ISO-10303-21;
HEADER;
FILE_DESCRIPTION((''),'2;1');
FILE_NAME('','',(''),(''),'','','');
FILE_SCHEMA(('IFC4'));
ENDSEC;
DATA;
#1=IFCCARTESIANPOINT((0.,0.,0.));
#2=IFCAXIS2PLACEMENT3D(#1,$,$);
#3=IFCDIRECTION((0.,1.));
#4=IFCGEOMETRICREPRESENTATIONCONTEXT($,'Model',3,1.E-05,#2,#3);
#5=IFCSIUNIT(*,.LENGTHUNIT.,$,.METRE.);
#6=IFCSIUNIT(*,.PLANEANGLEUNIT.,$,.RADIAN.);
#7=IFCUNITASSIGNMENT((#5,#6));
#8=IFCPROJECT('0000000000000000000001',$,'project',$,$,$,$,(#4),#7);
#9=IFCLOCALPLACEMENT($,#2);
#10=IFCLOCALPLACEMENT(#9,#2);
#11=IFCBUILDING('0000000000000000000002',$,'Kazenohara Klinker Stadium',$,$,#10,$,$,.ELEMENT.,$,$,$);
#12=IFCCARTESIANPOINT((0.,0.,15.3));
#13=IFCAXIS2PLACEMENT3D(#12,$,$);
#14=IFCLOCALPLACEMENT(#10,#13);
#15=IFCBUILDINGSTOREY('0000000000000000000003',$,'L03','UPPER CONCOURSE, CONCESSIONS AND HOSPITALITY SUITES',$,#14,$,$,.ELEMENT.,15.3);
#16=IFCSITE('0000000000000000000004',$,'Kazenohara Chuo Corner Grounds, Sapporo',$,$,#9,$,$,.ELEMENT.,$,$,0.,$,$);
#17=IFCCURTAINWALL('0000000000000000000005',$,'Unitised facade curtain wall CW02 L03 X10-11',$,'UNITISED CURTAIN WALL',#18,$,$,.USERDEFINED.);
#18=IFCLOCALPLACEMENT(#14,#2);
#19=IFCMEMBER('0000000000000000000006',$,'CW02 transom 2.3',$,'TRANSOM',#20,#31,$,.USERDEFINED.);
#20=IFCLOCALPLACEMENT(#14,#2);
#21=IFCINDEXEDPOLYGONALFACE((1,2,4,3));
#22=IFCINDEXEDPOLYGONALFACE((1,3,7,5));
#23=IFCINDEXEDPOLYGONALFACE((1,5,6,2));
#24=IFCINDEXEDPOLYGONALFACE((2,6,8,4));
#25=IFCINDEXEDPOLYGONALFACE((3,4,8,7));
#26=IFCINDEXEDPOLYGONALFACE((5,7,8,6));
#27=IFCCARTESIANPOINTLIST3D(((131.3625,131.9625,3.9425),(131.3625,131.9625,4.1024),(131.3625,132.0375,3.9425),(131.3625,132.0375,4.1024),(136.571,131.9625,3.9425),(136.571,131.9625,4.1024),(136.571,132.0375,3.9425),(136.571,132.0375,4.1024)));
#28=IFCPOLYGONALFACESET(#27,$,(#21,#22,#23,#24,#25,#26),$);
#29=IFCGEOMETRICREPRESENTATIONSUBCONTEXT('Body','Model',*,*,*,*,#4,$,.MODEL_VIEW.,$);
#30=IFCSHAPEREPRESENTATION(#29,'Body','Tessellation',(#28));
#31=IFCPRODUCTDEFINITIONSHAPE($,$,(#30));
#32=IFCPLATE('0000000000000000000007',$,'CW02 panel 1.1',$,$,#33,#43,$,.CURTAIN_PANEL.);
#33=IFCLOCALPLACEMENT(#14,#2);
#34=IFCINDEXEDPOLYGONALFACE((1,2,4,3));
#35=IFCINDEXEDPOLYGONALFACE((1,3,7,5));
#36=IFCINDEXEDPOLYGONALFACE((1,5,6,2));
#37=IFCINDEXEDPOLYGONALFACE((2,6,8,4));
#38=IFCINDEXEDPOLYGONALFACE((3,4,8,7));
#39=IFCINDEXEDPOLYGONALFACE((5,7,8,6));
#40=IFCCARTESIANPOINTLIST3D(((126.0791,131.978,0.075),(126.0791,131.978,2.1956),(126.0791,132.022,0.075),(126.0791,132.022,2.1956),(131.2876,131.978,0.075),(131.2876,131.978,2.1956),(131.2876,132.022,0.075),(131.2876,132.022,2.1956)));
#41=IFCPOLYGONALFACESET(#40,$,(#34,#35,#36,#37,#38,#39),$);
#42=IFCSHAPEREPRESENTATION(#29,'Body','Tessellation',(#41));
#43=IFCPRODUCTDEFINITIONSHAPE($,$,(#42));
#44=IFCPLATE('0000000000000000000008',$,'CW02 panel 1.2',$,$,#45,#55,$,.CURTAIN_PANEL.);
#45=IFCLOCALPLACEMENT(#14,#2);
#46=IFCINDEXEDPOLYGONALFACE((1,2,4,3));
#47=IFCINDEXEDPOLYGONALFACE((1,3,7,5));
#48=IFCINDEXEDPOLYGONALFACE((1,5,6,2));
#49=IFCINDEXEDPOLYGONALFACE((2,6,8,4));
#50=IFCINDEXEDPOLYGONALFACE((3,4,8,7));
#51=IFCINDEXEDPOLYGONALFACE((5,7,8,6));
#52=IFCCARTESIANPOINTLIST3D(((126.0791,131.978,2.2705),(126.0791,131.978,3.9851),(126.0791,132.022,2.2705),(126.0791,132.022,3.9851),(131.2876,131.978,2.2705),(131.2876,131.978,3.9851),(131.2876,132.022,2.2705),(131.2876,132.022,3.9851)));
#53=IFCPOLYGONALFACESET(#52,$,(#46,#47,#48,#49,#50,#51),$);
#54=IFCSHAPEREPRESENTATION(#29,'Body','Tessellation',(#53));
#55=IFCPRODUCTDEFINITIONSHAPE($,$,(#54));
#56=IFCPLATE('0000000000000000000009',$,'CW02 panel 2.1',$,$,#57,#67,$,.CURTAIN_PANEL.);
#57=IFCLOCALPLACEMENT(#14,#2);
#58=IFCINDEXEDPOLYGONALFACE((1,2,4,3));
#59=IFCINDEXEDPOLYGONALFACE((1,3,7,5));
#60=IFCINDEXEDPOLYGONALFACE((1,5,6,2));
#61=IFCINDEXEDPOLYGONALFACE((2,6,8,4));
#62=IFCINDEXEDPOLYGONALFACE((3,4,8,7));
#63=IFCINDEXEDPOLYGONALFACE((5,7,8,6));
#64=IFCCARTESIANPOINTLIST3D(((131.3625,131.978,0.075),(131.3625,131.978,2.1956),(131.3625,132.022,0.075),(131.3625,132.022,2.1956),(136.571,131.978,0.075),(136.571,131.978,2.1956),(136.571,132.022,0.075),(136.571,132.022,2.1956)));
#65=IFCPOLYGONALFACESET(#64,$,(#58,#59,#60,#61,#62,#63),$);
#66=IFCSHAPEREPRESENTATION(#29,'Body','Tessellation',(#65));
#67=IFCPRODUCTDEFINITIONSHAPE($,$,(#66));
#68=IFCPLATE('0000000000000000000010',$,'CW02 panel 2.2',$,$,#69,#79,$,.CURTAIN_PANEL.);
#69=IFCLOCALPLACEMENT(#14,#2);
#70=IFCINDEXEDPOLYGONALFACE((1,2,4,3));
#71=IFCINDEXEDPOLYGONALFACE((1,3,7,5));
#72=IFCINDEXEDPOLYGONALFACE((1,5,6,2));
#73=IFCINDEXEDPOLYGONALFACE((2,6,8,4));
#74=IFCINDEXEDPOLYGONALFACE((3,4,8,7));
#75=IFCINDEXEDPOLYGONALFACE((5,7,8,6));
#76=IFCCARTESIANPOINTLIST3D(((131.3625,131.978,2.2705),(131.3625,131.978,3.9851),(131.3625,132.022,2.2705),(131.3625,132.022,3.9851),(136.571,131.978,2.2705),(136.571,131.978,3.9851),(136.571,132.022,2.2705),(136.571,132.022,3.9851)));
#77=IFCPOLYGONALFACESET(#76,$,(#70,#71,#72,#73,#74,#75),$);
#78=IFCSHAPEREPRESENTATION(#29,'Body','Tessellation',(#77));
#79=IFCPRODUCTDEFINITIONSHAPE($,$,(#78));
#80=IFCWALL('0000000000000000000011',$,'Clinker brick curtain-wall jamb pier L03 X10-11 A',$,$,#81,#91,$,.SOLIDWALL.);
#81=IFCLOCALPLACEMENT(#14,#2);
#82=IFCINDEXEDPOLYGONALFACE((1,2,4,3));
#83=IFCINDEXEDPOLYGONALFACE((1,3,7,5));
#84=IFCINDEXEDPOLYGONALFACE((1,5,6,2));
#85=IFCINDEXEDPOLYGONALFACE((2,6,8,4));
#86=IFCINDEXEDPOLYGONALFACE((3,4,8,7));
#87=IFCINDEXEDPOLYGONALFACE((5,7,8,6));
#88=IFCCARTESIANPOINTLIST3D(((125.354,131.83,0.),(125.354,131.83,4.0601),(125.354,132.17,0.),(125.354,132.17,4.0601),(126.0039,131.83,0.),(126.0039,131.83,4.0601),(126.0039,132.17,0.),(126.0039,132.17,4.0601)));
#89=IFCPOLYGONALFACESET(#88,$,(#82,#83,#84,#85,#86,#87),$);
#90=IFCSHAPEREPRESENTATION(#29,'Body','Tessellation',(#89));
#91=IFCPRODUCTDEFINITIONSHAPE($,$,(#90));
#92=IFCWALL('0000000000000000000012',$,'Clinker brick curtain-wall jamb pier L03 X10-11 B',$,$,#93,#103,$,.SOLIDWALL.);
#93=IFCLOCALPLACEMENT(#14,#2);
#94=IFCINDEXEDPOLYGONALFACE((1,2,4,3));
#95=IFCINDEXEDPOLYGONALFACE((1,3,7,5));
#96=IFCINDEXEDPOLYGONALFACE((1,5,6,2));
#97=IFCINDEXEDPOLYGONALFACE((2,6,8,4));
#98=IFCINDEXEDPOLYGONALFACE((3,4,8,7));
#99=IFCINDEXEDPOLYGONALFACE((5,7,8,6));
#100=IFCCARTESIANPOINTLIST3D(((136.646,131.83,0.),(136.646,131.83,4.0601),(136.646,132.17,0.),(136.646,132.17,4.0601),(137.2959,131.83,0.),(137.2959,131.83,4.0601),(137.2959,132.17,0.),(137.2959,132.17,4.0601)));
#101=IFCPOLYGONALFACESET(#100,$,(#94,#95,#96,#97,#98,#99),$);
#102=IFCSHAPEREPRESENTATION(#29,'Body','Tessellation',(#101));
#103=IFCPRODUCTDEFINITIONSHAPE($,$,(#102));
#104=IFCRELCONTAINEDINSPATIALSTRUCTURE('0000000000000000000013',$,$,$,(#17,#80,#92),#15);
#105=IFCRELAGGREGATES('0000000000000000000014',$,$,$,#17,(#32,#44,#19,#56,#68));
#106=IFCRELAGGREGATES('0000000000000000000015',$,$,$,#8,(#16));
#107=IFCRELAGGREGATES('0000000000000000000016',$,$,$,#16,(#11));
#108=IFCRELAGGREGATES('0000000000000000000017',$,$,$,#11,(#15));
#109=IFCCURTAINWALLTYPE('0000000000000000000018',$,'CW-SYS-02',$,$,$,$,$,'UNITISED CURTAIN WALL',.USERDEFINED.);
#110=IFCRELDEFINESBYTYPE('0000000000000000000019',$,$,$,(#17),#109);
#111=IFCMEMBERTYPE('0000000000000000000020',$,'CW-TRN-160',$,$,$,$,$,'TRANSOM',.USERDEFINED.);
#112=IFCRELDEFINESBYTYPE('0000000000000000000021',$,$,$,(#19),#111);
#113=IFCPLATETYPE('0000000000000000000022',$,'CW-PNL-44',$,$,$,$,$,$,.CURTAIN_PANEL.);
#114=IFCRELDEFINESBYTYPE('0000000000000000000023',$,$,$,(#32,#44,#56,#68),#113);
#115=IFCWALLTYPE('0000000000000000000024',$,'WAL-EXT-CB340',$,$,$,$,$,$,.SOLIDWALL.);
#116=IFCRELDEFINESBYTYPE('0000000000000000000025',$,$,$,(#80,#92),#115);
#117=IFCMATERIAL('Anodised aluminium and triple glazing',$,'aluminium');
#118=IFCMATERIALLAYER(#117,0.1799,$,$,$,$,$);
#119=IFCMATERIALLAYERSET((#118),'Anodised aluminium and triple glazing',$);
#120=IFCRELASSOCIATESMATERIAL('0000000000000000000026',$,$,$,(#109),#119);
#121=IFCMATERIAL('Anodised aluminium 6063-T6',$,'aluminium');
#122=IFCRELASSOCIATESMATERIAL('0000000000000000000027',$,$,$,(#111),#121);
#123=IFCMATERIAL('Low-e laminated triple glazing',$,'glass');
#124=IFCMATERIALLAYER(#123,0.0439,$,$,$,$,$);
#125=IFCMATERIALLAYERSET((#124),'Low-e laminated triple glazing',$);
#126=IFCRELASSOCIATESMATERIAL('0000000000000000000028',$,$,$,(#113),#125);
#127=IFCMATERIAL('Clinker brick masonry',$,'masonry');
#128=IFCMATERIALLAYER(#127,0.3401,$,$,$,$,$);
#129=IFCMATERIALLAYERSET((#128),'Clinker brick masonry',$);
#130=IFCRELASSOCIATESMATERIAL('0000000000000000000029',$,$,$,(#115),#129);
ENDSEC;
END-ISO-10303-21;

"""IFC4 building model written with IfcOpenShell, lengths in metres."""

from ifc_helpers import new_model, si_unit, direction, frame, frame_2d, origin, origin_2d, place, context, subcontext, project, spatial, rectangle, extrude, material, layer, layer_set, material_profile, profile_set, type_object, element, aggregate, save


model = new_model("IFC4")

# Units and contexts
model_context = context("Model", 3, precision=1e-05, world=origin(), true_north=direction((0.0, 1.0)))
body_context = subcontext(model_context, "Body", "Model", "MODEL_VIEW")
ifc_project = project(units=[si_unit("LENGTHUNIT", "METRE"), si_unit("PLANEANGLEUNIT", "RADIAN")], contexts=[model_context])

# Site, building, storey
site_placement = place(None, origin())
site = spatial("IfcSite", under=ifc_project, at=site_placement, Name="Kazenohara Chuo Corner Grounds, Sapporo", CompositionType="ELEMENT", RefElevation=0.0)
building_placement = place(site_placement, origin())
building = spatial("IfcBuilding", under=site, at=building_placement, Name="Kazenohara Klinker Stadium", CompositionType="ELEMENT")
storey_placement = place(building_placement, frame((0.0, 0.0, 15.3)))
storey = spatial("IfcBuildingStorey", under=building, at=storey_placement, Name="L03", Description="UPPER CONCOURSE, CONCESSIONS AND HOSPITALITY SUITES", CompositionType="ELEMENT", Elevation=15.3)

# Curtain wall, member, plates
ifc_material_1 = material(Name="Anodised aluminium and triple glazing", Category="aluminium")
ifc_layer_1 = layer(ifc_material_1, 0.1799)
ifc_layer_set_1 = layer_set([ifc_layer_1], Name="Anodised aluminium and triple glazing")
curtain_wall_type = type_object("IfcCurtainWallType", Name="CW-SYS-02", ElementType="UNITISED CURTAIN WALL", PredefinedType="USERDEFINED", material=ifc_layer_set_1)
curtain_wall_placement = place(storey_placement, origin())
curtain_wall = element("IfcCurtainWall", 1, at=curtain_wall_placement, inside=storey, type_object=curtain_wall_type, Name="Unitised facade curtain wall CW02 L03 X10-11", ObjectType="UNITISED CURTAIN WALL", PredefinedType="USERDEFINED")
ifc_material_2 = material(Name="Anodised aluminium 6063-T6", Category="aluminium")
ifc_material_profile_1 = material_profile(ifc_material_2, rectangle(XDim=0.075, YDim=0.1599, at=origin_2d()), Name="ALU-TRN-75x160")
ifc_profile_set_1 = profile_set([ifc_material_profile_1], Name="Anodised aluminium 6063-T6")
member_type_1 = type_object("IfcMemberType", Name="CW-TRN-160", ElementType="TRANSOM", PredefinedType="USERDEFINED", material=ifc_profile_set_1)
member_1_placement = place(storey_placement, frame((131.3625, 132.0, 4.0225), z_axis=(1.0, 0.0, 0.0), x_axis=(0.0, 1.0, 0.0)))
member_1 = element("IfcMember", 2, at=member_1_placement, type_object=member_type_1, Name="CW02 transom 2.3", ObjectType="TRANSOM", PredefinedType="USERDEFINED", context=body_context, shape_type="SweptSolid", body=[
    extrude(rectangle(XDim=0.075, YDim=0.1599, at=origin_2d()), origin(), (0.0, 0.0, 1.0), 5.2085),
])
ifc_material_3 = material(Name="Low-e laminated triple glazing", Category="glass")
ifc_layer_2 = layer(ifc_material_3, 0.0439)
ifc_layer_set_2 = layer_set([ifc_layer_2], Name="Low-e laminated triple glazing")
plate_type = type_object("IfcPlateType", Name="CW-PNL-44", PredefinedType="CURTAIN_PANEL", material=ifc_layer_set_2)
plate_1_placement = place(storey_placement, frame((128.6833, 132.0, 0.075), z_axis=(0.0, 0.0, 1.0), x_axis=(1.0, 0.0, 0.0)))
plate_1 = element("IfcPlate", 3, at=plate_1_placement, type_object=plate_type, Name="CW02 panel 1.1", PredefinedType="CURTAIN_PANEL", context=body_context, shape_type="SweptSolid", body=[
    extrude(rectangle(XDim=5.2085, YDim=0.0439, at=origin_2d()), origin(), (0.0, 0.0, 1.0), 2.1206),
])
plate_2_placement = place(storey_placement, frame((128.6833, 132.0, 2.2705), z_axis=(0.0, 0.0, 1.0), x_axis=(1.0, 0.0, 0.0)))
plate_2 = element("IfcPlate", 4, at=plate_2_placement, type_object=plate_type, Name="CW02 panel 1.2", PredefinedType="CURTAIN_PANEL", context=body_context, shape_type="SweptSolid", body=[
    extrude(rectangle(XDim=5.2085, YDim=0.0439, at=origin_2d()), origin(), (0.0, 0.0, 1.0), 1.7146),
])
plate_3_placement = place(storey_placement, frame((133.9668, 132.0, 0.075), z_axis=(0.0, 0.0, 1.0), x_axis=(1.0, 0.0, 0.0)))
plate_3 = element("IfcPlate", 5, at=plate_3_placement, type_object=plate_type, Name="CW02 panel 2.1", PredefinedType="CURTAIN_PANEL", context=body_context, shape_type="SweptSolid", body=[
    extrude(rectangle(XDim=5.2085, YDim=0.0439, at=origin_2d()), origin(), (0.0, 0.0, 1.0), 2.1206),
])
plate_4_placement = place(storey_placement, frame((133.9668, 132.0, 2.2705), z_axis=(0.0, 0.0, 1.0), x_axis=(1.0, 0.0, 0.0)))
plate_4 = element("IfcPlate", 6, at=plate_4_placement, type_object=plate_type, Name="CW02 panel 2.2", PredefinedType="CURTAIN_PANEL", context=body_context, shape_type="SweptSolid", body=[
    extrude(rectangle(XDim=5.2085, YDim=0.0439, at=origin_2d()), origin(), (0.0, 0.0, 1.0), 1.7146),
])
aggregate(curtain_wall, [plate_1, plate_2, member_1, plate_3, plate_4])

# Walls
ifc_material_4 = material(Name="Clinker brick masonry", Category="masonry")
ifc_layer_3 = layer(ifc_material_4, 0.3401)
ifc_layer_set_3 = layer_set([ifc_layer_3], Name="Clinker brick masonry")
wall_type = type_object("IfcWallType", Name="WAL-EXT-CB340", PredefinedType="SOLIDWALL", material=ifc_layer_set_3)
for number, where, z_axis, x_axis, name in (
    (7, (125.354, 132.0, 0.0), (0.0, 0.0, 1.0), (1.0, 0.0, 0.0), "Clinker brick curtain-wall jamb pier L03 X10-11 A"),
    (8, (136.646, 132.0, 0.0), (0.0, 0.0, 1.0), (1.0, 0.0, 0.0), "Clinker brick curtain-wall jamb pier L03 X10-11 B"),
):
    element("IfcWall", number, at=place(storey_placement, frame(where, z_axis=z_axis, x_axis=x_axis)), inside=storey, type_object=wall_type, Name=name, PredefinedType="SOLIDWALL", context=body_context, shape_type="SweptSolid", body=[
        extrude(rectangle(XDim=0.6499, YDim=0.3401, at=frame_2d((0.325, 0.0))), origin(), (0.0, 0.0, 1.0), 4.0601),
    ])

save(model, "model.ifc")
